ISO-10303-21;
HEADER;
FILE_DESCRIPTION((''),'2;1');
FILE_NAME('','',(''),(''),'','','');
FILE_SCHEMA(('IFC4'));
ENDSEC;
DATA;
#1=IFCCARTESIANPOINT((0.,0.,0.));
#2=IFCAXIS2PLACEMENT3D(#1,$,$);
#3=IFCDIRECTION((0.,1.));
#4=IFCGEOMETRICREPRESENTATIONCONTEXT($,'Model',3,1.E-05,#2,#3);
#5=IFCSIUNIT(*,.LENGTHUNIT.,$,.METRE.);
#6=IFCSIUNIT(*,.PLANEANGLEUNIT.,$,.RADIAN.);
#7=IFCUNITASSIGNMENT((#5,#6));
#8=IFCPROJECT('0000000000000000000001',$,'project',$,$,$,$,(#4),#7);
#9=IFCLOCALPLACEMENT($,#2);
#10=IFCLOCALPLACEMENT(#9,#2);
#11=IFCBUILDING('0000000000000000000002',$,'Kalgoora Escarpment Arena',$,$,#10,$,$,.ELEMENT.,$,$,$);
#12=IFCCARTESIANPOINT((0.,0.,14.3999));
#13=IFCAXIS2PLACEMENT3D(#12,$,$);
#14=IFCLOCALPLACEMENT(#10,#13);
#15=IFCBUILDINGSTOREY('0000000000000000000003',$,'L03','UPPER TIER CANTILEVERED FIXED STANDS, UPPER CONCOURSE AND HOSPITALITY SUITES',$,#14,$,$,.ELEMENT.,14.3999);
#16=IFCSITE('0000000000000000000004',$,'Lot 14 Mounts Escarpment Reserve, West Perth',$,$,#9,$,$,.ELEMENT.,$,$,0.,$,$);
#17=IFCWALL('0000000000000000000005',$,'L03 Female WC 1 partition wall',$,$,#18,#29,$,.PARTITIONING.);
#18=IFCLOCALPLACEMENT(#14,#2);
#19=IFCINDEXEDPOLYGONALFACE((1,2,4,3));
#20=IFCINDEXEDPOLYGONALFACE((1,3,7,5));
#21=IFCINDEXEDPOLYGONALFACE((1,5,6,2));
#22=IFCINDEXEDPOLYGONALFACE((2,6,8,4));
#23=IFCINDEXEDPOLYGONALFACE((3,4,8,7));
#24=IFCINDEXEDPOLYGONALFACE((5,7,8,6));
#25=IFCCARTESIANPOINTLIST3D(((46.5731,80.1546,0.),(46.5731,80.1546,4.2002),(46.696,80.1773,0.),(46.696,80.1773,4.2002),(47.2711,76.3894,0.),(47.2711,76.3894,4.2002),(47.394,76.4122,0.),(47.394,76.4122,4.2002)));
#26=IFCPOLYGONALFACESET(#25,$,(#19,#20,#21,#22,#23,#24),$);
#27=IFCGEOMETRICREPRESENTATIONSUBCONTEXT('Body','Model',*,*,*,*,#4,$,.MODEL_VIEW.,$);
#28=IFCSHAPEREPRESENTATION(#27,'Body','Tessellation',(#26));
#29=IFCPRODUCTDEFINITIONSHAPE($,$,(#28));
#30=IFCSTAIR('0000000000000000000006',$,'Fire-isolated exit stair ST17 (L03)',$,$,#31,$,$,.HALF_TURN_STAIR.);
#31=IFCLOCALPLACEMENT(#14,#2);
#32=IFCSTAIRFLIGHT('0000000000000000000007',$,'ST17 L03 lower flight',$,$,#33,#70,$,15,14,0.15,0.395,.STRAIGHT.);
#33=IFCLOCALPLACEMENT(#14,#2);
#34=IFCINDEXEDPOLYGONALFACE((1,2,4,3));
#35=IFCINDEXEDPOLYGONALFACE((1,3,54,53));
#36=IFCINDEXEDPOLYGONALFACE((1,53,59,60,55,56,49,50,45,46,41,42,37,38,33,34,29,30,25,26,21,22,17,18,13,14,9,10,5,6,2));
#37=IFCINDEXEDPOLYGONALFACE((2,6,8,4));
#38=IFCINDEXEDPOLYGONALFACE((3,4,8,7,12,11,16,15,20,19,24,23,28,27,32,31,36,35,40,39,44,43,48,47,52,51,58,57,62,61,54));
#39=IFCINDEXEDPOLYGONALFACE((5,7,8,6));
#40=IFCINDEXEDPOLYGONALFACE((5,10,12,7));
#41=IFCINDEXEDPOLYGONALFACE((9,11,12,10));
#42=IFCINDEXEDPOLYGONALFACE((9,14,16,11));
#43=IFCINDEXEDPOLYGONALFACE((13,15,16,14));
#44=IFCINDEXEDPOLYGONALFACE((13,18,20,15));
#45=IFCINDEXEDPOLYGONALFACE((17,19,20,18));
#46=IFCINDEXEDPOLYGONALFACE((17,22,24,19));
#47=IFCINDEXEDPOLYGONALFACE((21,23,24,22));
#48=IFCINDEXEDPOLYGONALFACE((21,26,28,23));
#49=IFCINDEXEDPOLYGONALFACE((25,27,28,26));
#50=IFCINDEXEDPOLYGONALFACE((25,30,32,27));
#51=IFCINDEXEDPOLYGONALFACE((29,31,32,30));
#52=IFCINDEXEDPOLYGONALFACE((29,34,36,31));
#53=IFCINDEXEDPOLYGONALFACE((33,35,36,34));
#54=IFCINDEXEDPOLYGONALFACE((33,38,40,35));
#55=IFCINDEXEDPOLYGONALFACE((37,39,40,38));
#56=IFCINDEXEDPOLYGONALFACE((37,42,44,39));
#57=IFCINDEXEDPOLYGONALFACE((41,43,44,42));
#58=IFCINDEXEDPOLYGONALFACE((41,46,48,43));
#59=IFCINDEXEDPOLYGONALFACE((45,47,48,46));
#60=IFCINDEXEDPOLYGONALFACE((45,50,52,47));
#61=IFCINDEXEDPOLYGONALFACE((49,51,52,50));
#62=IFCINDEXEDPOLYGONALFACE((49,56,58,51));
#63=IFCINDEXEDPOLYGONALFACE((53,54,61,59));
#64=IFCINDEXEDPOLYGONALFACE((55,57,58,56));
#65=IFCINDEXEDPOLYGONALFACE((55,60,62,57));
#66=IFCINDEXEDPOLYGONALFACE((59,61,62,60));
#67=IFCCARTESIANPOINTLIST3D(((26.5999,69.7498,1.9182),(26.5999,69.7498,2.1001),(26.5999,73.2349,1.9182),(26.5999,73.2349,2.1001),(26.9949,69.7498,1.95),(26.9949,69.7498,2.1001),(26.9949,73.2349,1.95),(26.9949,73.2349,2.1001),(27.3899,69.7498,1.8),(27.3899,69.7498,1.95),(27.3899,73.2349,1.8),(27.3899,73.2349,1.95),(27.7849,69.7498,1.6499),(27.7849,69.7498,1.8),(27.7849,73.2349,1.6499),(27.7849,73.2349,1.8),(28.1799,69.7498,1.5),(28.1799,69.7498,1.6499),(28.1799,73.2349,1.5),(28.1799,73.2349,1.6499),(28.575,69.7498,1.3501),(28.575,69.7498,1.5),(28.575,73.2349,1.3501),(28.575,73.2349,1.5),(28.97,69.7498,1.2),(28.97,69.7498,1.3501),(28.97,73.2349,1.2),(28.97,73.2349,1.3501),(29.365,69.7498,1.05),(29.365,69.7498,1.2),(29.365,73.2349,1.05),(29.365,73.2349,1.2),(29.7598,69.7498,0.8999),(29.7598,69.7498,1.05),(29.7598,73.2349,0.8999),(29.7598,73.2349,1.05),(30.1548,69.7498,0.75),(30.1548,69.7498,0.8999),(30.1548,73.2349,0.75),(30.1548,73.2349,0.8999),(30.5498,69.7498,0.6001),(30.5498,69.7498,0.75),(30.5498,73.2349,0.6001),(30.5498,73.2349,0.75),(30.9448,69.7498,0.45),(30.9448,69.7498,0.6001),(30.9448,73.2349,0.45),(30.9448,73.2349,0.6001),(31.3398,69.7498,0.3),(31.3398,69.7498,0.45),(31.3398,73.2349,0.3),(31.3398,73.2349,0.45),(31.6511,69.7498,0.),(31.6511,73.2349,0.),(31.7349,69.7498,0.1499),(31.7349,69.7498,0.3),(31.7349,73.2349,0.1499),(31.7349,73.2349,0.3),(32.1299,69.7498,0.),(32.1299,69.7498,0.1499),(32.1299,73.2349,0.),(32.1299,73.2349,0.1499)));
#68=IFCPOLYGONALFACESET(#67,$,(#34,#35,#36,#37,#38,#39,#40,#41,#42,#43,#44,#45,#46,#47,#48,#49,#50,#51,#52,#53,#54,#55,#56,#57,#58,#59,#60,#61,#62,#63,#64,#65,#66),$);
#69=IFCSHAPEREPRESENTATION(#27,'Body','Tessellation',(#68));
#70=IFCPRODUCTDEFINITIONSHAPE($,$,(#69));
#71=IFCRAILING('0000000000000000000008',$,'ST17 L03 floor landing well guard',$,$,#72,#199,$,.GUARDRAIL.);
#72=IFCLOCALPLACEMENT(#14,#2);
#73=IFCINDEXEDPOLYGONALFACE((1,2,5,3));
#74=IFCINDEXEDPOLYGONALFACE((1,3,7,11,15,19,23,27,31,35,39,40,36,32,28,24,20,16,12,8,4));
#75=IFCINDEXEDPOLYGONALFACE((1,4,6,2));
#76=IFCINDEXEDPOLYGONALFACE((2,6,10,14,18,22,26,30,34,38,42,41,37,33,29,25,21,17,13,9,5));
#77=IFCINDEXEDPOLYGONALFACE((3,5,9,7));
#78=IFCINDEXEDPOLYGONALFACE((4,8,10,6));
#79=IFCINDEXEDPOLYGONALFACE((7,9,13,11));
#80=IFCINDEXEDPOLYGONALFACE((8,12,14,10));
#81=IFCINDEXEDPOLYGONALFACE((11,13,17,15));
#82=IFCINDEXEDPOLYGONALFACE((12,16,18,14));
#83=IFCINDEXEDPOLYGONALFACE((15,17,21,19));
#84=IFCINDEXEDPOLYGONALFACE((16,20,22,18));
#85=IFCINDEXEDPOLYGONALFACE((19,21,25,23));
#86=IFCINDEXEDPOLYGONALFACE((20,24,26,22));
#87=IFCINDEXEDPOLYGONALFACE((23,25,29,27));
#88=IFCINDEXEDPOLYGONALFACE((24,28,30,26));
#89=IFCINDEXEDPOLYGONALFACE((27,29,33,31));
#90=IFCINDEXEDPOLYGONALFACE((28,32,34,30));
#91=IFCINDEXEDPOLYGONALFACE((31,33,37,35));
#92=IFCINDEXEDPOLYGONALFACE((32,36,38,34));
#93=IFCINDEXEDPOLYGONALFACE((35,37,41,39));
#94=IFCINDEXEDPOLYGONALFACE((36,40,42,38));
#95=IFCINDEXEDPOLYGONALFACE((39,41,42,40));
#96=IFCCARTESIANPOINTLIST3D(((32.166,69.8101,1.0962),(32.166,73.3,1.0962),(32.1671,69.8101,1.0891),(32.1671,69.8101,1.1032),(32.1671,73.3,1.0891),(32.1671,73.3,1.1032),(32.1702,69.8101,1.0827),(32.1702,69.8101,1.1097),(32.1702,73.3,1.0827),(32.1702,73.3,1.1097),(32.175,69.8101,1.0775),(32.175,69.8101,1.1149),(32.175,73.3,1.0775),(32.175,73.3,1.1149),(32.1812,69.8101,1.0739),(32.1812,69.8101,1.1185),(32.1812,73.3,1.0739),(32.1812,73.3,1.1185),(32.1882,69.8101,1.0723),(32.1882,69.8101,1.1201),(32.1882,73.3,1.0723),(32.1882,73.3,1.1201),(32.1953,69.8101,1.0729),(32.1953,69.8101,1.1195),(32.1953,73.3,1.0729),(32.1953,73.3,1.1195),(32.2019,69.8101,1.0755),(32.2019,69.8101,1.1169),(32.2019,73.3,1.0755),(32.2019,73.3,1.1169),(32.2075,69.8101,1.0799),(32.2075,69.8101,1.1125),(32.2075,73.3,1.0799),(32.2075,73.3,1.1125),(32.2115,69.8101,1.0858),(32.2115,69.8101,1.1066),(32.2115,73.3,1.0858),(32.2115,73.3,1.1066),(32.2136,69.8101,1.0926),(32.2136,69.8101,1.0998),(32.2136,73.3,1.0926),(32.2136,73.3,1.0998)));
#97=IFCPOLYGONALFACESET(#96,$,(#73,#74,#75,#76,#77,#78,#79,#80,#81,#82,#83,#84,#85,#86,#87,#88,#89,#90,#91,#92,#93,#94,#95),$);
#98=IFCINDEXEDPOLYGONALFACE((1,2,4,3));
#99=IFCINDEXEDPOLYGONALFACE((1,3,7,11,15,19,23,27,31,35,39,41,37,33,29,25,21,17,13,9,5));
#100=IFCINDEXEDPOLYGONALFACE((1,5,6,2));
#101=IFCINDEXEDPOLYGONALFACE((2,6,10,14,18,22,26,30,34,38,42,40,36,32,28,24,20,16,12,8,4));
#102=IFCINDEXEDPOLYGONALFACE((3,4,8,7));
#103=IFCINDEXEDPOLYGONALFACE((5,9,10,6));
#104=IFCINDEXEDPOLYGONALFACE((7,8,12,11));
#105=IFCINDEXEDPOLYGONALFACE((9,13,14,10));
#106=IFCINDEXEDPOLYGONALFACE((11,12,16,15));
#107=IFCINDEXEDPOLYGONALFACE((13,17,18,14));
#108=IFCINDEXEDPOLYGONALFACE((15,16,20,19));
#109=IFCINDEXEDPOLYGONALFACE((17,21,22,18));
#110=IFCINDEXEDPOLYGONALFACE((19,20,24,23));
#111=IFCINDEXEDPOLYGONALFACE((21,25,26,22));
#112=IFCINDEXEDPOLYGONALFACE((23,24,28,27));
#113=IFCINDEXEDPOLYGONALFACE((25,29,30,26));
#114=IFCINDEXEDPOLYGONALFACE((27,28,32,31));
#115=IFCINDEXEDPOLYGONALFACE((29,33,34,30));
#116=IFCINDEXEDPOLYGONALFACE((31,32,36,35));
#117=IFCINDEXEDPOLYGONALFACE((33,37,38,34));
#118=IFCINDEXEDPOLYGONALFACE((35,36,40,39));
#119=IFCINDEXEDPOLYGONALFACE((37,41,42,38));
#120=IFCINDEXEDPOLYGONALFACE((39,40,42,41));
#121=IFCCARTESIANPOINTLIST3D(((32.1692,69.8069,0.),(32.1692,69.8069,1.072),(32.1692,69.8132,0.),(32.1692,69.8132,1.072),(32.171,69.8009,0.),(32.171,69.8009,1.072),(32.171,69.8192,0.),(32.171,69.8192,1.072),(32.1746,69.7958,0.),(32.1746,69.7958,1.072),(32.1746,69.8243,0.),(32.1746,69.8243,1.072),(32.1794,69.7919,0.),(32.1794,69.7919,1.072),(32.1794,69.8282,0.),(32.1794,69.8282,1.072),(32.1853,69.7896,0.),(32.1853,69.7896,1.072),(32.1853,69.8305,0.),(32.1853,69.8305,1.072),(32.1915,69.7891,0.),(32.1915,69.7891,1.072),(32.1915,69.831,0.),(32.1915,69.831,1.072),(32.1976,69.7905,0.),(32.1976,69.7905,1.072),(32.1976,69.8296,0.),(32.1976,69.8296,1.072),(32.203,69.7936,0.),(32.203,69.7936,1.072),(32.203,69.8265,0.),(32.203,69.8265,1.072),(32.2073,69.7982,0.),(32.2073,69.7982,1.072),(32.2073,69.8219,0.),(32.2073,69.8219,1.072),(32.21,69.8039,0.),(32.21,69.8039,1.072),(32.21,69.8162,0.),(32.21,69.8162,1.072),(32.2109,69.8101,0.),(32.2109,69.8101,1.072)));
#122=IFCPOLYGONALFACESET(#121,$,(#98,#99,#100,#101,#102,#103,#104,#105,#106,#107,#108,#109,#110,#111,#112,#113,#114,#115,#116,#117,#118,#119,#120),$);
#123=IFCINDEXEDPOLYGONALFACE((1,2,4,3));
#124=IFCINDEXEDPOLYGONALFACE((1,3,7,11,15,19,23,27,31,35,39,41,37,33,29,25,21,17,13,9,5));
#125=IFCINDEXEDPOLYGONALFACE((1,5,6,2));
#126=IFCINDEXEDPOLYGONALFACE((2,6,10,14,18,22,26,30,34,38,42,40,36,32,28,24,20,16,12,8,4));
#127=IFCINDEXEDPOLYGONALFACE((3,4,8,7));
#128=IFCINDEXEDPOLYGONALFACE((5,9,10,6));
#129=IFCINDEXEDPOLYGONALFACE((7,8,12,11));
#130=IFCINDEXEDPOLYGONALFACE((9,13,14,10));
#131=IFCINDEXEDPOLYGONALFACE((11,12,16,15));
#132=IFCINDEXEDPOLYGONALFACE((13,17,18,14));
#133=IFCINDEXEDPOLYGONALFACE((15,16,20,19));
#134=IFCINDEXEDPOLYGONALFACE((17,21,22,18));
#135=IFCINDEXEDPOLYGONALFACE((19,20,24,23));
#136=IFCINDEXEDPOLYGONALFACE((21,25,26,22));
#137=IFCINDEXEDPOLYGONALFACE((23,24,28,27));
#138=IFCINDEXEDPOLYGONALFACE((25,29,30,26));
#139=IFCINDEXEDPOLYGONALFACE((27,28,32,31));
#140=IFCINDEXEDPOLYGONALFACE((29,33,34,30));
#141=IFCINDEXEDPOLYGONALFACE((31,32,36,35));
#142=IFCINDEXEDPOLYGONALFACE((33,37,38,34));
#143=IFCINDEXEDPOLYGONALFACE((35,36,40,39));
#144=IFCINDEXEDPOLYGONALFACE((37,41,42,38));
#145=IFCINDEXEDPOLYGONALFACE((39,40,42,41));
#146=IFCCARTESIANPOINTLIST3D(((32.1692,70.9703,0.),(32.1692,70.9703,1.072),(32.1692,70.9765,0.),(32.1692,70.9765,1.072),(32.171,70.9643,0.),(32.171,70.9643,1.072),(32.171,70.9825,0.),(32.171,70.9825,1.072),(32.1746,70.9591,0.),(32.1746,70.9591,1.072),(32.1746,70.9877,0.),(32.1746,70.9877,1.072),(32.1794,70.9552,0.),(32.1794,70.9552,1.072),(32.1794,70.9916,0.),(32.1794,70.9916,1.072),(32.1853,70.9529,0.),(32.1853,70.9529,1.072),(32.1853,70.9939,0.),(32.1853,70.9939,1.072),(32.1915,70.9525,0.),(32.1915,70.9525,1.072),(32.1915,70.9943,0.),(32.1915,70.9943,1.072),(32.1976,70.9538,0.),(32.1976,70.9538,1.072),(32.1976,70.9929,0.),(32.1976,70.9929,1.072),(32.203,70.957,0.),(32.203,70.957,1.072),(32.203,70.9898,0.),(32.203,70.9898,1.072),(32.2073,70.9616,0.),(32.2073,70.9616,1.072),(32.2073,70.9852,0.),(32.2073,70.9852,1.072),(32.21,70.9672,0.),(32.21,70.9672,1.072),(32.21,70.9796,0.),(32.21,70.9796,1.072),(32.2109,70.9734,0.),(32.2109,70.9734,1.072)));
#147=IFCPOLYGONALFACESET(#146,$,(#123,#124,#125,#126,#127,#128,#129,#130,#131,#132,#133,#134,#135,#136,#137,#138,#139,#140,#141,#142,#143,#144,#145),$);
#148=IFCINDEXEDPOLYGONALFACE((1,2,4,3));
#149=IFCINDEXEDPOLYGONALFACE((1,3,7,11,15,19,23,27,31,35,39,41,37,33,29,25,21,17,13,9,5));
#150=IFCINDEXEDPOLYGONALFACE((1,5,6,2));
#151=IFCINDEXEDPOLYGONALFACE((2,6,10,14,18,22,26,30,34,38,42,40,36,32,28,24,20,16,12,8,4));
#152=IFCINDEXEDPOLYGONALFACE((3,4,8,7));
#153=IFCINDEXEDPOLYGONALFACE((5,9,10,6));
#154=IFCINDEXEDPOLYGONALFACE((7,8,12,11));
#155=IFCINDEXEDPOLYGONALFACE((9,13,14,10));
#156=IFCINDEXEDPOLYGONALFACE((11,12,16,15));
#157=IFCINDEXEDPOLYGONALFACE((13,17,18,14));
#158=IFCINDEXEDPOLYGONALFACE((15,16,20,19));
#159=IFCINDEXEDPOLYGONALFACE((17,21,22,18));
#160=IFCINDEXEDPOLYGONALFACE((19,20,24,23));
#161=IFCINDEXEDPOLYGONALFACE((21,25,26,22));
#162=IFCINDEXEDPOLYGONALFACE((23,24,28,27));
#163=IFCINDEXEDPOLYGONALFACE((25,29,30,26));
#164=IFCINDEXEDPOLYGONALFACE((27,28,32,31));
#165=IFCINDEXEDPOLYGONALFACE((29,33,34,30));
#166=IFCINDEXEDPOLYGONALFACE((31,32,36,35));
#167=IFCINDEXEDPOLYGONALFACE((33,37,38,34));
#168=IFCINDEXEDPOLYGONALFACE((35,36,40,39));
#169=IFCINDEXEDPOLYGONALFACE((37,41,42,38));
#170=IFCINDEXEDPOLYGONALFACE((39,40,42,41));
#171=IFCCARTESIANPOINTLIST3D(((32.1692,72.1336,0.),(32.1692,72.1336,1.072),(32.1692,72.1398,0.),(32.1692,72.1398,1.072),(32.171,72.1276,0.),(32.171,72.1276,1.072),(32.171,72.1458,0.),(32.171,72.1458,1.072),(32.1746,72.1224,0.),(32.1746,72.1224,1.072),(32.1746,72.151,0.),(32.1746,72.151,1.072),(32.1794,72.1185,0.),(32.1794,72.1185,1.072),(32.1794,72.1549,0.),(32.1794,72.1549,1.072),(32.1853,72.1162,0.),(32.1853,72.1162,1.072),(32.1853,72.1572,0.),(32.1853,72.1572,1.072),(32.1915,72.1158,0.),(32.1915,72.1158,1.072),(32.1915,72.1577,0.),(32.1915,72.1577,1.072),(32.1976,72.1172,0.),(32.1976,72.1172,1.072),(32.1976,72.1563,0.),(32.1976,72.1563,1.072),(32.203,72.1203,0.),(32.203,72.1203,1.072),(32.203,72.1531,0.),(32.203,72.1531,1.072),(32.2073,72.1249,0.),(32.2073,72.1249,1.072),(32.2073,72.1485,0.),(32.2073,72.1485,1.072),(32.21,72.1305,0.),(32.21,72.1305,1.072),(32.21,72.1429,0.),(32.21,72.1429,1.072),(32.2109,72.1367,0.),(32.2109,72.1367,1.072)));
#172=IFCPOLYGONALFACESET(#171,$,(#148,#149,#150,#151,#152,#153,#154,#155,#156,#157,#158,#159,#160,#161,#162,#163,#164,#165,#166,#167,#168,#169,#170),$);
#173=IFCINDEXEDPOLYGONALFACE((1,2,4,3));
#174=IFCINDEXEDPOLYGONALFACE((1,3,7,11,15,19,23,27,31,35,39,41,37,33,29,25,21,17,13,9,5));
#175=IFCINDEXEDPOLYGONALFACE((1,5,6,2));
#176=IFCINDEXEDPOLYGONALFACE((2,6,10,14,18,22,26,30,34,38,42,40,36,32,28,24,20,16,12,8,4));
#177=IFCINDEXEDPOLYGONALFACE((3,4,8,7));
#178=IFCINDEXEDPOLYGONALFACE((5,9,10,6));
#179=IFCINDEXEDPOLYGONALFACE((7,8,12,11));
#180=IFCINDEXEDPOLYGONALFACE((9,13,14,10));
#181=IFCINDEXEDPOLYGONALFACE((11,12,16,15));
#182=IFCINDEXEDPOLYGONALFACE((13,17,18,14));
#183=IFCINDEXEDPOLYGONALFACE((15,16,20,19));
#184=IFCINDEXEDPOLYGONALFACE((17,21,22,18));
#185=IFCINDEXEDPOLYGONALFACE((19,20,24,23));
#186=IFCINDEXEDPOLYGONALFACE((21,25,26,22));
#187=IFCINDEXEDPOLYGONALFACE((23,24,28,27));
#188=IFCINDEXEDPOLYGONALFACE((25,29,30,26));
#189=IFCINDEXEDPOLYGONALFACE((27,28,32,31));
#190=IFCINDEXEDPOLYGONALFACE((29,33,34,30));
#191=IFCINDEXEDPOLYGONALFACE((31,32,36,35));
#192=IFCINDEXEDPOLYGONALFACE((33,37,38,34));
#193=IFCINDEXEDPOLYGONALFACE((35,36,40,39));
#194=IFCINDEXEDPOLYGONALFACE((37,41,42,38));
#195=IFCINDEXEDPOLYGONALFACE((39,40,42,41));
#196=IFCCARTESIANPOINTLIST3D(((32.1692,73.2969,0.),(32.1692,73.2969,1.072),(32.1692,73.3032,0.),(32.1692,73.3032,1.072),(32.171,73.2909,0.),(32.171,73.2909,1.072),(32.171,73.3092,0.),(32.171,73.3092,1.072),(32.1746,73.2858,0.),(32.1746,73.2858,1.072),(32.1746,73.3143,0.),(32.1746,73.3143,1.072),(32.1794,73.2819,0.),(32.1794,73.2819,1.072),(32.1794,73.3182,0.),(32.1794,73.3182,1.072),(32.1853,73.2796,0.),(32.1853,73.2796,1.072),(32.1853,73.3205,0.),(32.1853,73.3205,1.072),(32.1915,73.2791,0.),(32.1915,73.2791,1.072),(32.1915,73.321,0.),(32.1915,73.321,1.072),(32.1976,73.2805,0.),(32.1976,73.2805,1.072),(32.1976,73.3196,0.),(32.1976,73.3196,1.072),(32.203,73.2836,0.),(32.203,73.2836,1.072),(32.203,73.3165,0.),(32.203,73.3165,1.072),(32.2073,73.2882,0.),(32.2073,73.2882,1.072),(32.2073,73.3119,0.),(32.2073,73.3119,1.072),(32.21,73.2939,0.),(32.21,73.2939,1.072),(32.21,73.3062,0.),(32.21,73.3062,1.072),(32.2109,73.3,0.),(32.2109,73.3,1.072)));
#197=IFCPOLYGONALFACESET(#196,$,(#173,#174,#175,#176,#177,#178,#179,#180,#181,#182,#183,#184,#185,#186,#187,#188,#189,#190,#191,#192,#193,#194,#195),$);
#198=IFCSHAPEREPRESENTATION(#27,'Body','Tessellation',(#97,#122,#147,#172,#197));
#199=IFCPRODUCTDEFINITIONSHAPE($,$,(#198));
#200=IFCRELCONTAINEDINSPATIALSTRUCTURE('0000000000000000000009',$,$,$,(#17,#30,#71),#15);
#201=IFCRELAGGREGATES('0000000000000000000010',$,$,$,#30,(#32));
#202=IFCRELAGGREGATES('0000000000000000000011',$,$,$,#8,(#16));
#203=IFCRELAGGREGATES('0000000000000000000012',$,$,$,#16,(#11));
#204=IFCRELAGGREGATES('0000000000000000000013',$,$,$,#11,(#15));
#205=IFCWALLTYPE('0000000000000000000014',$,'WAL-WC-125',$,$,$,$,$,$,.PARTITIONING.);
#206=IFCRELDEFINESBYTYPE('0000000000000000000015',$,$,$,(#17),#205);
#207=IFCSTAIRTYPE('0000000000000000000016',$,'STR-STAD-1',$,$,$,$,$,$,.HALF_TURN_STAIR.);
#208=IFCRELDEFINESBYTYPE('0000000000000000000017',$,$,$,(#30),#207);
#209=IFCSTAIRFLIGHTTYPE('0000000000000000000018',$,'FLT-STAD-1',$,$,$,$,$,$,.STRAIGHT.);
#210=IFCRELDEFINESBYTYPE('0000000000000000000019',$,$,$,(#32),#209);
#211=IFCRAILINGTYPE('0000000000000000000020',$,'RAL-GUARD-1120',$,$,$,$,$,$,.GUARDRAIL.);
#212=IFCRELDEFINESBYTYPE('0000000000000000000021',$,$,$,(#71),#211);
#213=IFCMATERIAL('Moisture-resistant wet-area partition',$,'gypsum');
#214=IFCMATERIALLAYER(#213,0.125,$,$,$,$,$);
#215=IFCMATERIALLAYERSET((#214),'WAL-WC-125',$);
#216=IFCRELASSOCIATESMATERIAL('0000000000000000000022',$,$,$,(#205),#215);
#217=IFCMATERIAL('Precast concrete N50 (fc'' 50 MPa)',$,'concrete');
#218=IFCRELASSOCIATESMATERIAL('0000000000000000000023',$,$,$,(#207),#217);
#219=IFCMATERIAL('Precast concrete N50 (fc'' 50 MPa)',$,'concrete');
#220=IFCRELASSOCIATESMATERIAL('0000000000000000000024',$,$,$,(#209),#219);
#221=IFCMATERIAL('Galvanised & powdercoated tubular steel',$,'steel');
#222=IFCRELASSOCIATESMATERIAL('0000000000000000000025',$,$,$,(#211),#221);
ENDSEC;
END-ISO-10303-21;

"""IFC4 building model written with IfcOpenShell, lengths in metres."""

from ifc_helpers import new_model, si_unit, direction, frame, frame_2d, origin, origin_2d, place, context, subcontext, project, spatial, polyline, rectangle, circle, outline, extrude, material, layer, layer_set, type_object, element, aggregate, save


model = new_model("IFC4")

# Units and contexts
model_context = context("Model", 3, precision=1e-05, world=origin(), true_north=direction((0.0, 1.0)))
body_context = subcontext(model_context, "Body", "Model", "MODEL_VIEW")
ifc_project = project(units=[si_unit("LENGTHUNIT", "METRE"), si_unit("PLANEANGLEUNIT", "RADIAN")], contexts=[model_context])

# Site, building, storey
site_placement = place(None, origin())
site = spatial("IfcSite", under=ifc_project, at=site_placement, Name="Lot 14 Mounts Escarpment Reserve, West Perth", CompositionType="ELEMENT", RefElevation=0.0)
building_placement = place(site_placement, origin())
building = spatial("IfcBuilding", under=site, at=building_placement, Name="Kalgoora Escarpment Arena", CompositionType="ELEMENT")
storey_placement = place(building_placement, frame((0.0, 0.0, 14.3999)))
storey = spatial("IfcBuildingStorey", under=building, at=storey_placement, Name="L03", Description="UPPER TIER CANTILEVERED FIXED STANDS, UPPER CONCOURSE AND HOSPITALITY SUITES", CompositionType="ELEMENT", Elevation=14.3999)

# Shared definitions
ifc_material_1 = material(Name="Moisture-resistant wet-area partition", Category="gypsum")
ifc_layer_1 = layer(ifc_material_1, 0.125)
ifc_layer_set_1 = layer_set([ifc_layer_1], Name="WAL-WC-125")
wall_type_1 = type_object("IfcWallType", Name="WAL-WC-125", PredefinedType="PARTITIONING", material=ifc_layer_set_1)

# Wall
wall_1_placement = place(storey_placement, frame((47.3325, 76.4009, 0.0), z_axis=(0.0, 0.0, 1.0), x_axis=(-0.182279, 0.983247, 0.0)))
element("IfcWall", 1, at=wall_1_placement, inside=storey, type_object=wall_type_1, Name="L03 Female WC 1 partition wall", PredefinedType="PARTITIONING", context=body_context, shape_type="SweptSolid", body=[
    extrude(rectangle(XDim=3.8293, YDim=0.125, at=frame_2d((1.9146, 0.0))), origin(), (0.0, 0.0, 1.0), 4.2002),
])

# Stair, stair flight
ifc_material_2 = material(Name="Precast concrete N50 (fc' 50 MPa)", Category="concrete")
stair_type = type_object("IfcStairType", Name="STR-STAD-1", PredefinedType="HALF_TURN_STAIR", material=ifc_material_2)
stair_placement = place(storey_placement, origin())
stair = element("IfcStair", 2, at=stair_placement, inside=storey, type_object=stair_type, Name="Fire-isolated exit stair ST17 (L03)", PredefinedType="HALF_TURN_STAIR")
ifc_material_3 = material(Name="Precast concrete N50 (fc' 50 MPa)", Category="concrete")
stair_flight_type = type_object("IfcStairFlightType", Name="FLT-STAD-1", PredefinedType="STRAIGHT", material=ifc_material_3)
stair_flight_placement = place(storey_placement, frame((32.1299, 71.4924, 0.0), z_axis=(0.0, 0.0, 1.0), x_axis=(-1.0, 0.0, 0.0)))
stair_flight = element("IfcStairFlight", 3, at=stair_flight_placement, type_object=stair_flight_type, Name="ST17 L03 lower flight", NumberOfRisers=15, NumberOfTreads=14, PredefinedType="STRAIGHT", RiserHeight=0.15, TreadLength=0.395, context=body_context, shape_type="SweptSolid", body=[
    extrude(outline(polyline([(0.0, 0.0), (0.0, 0.1499), (0.395, 0.1499), (0.395, 0.3), (0.79, 0.3), (0.79, 0.45), (1.1851, 0.45), (1.1851, 0.6001), (1.5801, 0.6001), (1.5801, 0.75), (1.9751, 0.75), (1.9751, 0.8999), (2.3701, 0.8999), (2.3701, 1.05), (2.7649, 1.05), (2.7649, 1.2), (3.1599, 1.2), (3.1599, 1.3501), (3.5549, 1.3501), (3.5549, 1.5), (3.95, 1.5), (3.95, 1.6499), (4.345, 1.6499), (4.345, 1.8), (4.74, 1.8), (4.74, 1.95), (5.135, 1.95), (5.135, 2.1001), (5.53, 2.1001), (5.53, 2.25), (5.53, 1.9182), (0.4788, 0.0), (0.0, 0.0)])), frame((0.0, 1.7427, 0.0), z_axis=(0.0, -1.0, 0.0), x_axis=(1.0, 0.0, 0.0)), (0.0, 0.0, 1.0), 3.4851),
])
aggregate(stair, [stair_flight])

# Railing
ifc_material_4 = material(Name="Galvanised & powdercoated tubular steel", Category="steel")
railing_type_1 = type_object("IfcRailingType", Name="RAL-GUARD-1120", PredefinedType="GUARDRAIL", material=ifc_material_4)
railing_1_placement = place(storey_placement, frame((32.1899, 69.8101, 0.0)))
element("IfcRailing", 4, at=railing_1_placement, inside=storey, type_object=railing_type_1, Name="ST17 L03 floor landing well guard", PredefinedType="GUARDRAIL", context=body_context, shape_type="SweptSolid", body=[
    extrude(circle(Radius=0.0239, at=origin_2d()), frame((0.0, 0.0, 1.0962), z_axis=(0.0, 1.0, 0.0), x_axis=(-1.0, 0.0, 0.0)), (0.0, 0.0, 1.0), 3.49),
    extrude(circle(Radius=0.021, at=origin_2d()), origin(), (0.0, 0.0, 1.0), 1.072),
    extrude(circle(Radius=0.021, at=origin_2d()), frame((0.0, 1.1633, 0.0)), (0.0, 0.0, 1.0), 1.072),
    extrude(circle(Radius=0.021, at=origin_2d()), frame((0.0, 2.3267, 0.0)), (0.0, 0.0, 1.0), 1.072),
    extrude(circle(Radius=0.021, at=origin_2d()), frame((0.0, 3.49, 0.0)), (0.0, 0.0, 1.0), 1.072),
])

save(model, "model.ifc")
